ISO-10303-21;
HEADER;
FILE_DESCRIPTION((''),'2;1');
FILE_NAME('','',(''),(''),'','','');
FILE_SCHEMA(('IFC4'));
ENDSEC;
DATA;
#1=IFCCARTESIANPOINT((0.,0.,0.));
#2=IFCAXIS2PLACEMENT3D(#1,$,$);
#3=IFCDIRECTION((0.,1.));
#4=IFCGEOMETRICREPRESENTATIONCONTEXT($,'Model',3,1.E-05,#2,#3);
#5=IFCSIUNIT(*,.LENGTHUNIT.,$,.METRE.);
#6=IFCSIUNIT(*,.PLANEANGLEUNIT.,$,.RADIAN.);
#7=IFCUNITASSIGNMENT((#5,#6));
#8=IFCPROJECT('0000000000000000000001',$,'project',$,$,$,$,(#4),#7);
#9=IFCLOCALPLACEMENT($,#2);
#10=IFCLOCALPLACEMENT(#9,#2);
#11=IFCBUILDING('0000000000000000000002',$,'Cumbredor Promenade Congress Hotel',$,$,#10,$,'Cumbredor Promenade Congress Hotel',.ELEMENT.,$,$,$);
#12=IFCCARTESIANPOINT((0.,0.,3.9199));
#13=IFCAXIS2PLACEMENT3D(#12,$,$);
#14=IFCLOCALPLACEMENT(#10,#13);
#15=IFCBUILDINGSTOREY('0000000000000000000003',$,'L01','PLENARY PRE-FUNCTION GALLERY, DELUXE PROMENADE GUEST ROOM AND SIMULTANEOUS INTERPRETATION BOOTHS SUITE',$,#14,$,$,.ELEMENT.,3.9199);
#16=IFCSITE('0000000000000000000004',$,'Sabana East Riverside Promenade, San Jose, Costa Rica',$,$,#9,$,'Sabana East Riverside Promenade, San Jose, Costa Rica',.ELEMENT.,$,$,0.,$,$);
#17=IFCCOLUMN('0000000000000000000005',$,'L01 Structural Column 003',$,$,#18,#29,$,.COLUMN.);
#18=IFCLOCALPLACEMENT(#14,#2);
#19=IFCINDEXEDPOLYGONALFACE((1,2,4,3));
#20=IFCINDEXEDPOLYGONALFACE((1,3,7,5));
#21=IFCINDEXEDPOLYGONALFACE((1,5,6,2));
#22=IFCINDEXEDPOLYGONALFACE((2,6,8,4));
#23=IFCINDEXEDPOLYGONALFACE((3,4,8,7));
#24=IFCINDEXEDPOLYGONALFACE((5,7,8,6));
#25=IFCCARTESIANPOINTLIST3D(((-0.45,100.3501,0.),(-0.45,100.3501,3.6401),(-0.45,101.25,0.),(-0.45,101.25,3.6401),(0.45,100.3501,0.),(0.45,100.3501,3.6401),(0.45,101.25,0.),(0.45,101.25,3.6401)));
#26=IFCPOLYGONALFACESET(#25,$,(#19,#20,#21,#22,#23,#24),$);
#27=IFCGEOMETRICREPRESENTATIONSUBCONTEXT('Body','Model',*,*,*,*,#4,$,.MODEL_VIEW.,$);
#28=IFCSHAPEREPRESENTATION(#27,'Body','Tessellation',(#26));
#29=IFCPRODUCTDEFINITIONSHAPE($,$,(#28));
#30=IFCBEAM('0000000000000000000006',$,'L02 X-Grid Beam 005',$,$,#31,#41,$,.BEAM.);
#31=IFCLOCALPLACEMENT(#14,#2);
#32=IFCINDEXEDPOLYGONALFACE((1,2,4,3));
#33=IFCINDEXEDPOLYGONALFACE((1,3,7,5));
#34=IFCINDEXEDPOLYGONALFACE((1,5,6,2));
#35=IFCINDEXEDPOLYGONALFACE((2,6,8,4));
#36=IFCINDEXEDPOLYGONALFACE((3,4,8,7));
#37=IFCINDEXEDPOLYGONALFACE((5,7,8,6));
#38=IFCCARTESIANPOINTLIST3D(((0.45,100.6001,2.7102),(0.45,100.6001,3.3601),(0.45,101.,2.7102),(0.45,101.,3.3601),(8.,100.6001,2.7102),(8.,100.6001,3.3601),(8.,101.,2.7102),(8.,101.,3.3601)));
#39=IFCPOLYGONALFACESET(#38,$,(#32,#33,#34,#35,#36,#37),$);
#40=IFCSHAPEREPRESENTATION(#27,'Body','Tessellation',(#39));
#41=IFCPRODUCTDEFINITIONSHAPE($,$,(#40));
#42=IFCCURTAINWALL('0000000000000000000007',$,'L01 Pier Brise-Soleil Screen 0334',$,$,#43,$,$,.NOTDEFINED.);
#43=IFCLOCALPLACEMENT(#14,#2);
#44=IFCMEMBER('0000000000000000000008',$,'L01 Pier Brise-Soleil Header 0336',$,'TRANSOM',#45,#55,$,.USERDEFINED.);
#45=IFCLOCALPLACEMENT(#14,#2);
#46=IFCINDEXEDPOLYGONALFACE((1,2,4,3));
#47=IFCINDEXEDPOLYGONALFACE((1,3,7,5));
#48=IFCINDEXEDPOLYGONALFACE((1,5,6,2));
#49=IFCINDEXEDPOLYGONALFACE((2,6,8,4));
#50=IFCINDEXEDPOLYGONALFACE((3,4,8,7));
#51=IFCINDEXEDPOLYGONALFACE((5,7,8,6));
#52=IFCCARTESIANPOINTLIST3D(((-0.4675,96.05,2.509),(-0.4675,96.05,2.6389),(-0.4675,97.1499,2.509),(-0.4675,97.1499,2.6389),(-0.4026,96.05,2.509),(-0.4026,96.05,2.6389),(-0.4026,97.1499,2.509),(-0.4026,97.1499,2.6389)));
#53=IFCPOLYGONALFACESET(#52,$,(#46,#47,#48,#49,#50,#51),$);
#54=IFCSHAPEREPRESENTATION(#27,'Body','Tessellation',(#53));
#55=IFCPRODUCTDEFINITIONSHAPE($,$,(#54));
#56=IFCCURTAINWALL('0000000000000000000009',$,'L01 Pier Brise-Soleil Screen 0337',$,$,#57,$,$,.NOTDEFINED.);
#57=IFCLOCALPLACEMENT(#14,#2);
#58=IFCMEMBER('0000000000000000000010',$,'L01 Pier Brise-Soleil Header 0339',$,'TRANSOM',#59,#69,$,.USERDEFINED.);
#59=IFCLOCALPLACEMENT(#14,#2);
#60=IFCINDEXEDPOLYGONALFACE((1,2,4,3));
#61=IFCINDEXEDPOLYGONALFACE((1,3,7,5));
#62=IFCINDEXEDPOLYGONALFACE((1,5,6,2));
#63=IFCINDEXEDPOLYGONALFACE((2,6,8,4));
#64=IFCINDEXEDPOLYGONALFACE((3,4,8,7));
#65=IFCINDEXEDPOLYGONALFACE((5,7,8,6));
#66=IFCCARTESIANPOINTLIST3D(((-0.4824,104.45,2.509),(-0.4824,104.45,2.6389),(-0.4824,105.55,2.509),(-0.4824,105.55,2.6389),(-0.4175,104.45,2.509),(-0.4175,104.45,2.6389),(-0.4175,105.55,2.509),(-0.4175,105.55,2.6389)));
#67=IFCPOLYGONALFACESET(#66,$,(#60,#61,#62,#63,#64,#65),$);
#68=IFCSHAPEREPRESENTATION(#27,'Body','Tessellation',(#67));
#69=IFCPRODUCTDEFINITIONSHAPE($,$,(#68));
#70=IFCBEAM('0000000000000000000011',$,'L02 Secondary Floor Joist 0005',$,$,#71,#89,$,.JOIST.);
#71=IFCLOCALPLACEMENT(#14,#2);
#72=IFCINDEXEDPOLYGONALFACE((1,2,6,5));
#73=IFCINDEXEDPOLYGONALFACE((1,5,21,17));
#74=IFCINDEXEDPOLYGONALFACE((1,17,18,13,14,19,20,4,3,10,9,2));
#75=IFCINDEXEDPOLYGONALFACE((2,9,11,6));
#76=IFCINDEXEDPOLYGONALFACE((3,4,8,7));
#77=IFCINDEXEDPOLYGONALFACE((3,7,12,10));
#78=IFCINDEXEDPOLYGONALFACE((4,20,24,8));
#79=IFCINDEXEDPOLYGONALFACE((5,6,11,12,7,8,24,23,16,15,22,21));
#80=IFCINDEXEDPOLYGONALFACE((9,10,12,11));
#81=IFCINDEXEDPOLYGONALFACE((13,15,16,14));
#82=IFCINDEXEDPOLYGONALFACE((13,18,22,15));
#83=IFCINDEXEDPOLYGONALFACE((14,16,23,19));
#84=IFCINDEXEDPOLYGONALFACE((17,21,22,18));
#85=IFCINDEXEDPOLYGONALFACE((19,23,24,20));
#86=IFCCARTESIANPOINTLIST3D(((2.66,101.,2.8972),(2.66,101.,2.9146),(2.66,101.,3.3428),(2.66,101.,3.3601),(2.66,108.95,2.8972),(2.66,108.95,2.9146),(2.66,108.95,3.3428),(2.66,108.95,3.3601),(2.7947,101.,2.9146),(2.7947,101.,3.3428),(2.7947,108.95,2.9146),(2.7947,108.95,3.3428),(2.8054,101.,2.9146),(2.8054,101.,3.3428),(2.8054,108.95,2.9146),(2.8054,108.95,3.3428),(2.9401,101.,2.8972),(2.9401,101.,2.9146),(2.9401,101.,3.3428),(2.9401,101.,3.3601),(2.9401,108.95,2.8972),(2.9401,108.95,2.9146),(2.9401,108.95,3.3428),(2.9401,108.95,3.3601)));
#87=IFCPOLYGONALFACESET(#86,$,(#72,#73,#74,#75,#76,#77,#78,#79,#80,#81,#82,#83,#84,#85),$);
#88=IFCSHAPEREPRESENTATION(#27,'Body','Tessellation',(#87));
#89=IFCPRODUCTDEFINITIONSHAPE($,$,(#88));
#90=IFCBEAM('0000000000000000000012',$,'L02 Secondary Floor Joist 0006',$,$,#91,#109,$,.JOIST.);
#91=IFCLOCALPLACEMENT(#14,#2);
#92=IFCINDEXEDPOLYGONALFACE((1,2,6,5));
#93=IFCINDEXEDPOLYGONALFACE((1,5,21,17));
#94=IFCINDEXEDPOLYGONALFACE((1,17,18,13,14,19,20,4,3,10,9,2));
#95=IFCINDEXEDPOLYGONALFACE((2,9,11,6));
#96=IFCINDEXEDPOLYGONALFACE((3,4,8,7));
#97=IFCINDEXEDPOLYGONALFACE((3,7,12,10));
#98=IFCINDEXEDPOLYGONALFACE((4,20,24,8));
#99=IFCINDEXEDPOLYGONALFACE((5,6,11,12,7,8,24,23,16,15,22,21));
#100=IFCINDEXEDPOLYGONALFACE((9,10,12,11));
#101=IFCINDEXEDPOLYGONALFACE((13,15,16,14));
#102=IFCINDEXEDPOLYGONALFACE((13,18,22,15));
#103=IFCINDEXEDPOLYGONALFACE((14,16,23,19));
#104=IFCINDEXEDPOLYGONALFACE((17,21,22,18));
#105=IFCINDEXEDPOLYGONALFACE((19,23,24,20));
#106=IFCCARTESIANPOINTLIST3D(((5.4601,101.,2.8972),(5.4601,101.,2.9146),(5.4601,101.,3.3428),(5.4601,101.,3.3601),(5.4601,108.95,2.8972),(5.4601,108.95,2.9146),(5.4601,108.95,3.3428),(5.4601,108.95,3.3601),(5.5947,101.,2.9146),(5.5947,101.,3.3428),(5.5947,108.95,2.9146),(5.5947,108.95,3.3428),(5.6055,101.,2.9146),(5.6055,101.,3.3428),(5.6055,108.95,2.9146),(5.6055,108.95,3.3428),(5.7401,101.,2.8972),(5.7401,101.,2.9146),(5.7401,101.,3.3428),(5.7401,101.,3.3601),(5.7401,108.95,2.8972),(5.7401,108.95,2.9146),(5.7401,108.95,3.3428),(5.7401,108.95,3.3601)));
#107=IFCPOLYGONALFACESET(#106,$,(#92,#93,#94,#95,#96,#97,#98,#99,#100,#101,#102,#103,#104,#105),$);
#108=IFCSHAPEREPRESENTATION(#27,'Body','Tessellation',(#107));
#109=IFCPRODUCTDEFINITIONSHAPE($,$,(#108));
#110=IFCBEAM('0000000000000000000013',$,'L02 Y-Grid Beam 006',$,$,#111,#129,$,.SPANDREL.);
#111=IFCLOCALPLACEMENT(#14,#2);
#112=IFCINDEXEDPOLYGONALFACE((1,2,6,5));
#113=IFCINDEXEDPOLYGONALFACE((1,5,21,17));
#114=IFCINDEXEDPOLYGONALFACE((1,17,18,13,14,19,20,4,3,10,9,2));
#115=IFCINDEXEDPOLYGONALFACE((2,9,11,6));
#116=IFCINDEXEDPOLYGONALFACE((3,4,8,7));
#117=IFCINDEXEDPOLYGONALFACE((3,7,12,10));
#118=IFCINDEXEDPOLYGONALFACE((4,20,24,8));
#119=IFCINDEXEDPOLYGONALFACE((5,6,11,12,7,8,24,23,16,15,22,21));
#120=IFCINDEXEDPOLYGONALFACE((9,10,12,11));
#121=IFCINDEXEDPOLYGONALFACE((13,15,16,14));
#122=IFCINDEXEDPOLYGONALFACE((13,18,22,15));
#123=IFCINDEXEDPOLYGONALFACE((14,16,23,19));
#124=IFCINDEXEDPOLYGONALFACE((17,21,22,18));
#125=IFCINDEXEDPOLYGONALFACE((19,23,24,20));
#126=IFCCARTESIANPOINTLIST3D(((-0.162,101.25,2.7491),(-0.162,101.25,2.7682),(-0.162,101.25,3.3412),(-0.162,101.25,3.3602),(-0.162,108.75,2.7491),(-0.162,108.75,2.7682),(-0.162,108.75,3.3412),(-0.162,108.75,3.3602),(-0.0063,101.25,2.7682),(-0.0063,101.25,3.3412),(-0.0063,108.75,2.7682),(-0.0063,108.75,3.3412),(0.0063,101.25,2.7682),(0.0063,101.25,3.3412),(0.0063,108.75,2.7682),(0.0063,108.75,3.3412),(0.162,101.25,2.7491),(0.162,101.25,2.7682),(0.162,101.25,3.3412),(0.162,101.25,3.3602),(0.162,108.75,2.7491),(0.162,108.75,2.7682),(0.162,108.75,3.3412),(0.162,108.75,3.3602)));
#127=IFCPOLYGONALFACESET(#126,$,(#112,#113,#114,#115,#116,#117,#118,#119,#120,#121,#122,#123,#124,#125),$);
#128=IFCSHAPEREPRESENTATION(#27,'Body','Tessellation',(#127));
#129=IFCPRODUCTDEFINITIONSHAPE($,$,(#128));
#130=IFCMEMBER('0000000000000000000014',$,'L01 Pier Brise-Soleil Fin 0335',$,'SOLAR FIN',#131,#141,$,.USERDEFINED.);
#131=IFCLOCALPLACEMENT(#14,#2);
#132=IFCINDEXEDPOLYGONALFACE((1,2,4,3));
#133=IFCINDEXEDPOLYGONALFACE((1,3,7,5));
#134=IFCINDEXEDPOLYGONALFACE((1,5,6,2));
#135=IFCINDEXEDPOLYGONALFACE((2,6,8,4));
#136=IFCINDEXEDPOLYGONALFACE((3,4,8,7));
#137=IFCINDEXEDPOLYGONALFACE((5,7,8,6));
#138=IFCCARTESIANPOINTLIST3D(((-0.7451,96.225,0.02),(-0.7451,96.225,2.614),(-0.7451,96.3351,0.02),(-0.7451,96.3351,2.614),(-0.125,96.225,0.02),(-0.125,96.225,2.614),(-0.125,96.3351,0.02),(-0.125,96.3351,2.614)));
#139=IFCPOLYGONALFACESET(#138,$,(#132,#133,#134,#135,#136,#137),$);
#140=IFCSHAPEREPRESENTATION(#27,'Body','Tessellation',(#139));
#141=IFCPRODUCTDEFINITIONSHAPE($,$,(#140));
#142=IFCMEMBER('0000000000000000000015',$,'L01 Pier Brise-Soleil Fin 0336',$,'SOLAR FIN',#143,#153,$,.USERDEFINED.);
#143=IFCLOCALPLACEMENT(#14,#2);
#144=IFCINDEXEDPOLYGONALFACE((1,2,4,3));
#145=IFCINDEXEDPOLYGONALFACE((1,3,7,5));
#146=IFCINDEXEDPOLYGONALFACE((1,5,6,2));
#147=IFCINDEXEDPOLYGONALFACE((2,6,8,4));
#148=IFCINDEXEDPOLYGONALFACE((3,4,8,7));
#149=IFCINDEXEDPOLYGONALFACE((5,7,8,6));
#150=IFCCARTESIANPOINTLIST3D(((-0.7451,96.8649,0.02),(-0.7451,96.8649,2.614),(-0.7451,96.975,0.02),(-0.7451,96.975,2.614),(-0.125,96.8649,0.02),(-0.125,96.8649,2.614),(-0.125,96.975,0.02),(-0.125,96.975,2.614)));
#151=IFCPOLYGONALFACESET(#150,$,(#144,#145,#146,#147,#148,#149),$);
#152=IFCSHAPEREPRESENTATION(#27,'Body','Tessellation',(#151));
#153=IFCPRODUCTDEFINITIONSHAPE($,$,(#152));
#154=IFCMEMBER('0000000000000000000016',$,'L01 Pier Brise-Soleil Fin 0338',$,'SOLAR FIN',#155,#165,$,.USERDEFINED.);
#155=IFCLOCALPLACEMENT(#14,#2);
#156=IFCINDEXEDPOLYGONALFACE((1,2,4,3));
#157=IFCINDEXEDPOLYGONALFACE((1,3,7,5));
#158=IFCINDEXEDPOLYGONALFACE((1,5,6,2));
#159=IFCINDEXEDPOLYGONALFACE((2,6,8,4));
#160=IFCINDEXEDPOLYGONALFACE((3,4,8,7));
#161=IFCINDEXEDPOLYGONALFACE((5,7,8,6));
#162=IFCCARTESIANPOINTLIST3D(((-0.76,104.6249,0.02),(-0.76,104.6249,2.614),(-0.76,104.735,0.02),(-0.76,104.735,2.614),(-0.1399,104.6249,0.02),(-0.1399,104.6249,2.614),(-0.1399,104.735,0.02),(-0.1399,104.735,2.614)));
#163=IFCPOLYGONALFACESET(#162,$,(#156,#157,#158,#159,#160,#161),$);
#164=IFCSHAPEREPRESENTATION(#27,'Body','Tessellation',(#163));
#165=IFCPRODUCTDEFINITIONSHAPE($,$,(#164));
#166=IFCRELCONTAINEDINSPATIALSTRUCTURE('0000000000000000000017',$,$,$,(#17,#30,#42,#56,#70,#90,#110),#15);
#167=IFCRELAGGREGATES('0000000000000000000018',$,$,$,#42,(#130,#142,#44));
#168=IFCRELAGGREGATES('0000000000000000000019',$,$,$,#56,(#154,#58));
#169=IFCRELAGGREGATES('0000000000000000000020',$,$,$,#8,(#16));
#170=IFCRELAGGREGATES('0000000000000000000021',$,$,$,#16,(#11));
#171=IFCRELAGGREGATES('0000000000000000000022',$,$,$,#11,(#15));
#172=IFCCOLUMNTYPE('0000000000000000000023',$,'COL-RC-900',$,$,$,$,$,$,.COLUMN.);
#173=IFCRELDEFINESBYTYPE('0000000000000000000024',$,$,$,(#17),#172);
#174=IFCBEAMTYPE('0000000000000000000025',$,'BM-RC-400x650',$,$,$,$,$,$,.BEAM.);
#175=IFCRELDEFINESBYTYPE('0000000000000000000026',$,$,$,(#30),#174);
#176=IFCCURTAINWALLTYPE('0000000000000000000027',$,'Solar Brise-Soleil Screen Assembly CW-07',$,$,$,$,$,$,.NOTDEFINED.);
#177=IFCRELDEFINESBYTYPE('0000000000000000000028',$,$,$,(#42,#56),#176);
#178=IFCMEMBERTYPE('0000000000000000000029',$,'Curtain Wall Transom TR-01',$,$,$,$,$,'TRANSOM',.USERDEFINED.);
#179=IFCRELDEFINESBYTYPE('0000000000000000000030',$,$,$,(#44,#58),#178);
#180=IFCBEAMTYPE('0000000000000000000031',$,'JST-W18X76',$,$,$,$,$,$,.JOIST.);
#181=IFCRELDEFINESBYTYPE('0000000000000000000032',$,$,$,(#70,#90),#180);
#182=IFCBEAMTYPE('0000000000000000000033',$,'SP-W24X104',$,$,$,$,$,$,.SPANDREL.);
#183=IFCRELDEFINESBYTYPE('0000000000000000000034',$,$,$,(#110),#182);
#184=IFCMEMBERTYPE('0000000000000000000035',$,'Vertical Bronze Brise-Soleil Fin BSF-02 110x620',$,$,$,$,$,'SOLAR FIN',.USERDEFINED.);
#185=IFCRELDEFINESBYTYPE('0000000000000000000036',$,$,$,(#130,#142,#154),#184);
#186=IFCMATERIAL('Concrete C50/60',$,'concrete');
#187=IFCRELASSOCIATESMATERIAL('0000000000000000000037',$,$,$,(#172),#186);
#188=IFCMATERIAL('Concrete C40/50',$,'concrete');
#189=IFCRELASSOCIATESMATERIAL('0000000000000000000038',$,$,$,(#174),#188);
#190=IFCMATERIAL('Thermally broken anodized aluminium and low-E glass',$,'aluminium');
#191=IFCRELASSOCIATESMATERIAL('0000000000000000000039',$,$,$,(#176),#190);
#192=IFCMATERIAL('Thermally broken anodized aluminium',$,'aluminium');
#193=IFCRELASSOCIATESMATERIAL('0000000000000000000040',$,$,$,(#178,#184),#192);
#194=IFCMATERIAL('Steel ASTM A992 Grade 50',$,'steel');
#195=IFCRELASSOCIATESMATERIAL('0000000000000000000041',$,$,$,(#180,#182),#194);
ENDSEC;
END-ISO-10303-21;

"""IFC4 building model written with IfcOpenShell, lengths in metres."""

from ifc_helpers import new_model, si_unit, direction, frame, origin, origin_2d, place, context, subcontext, project, spatial, rectangle, i_section, extrude, material, material_profile, profile_set, type_object, element, aggregate, save


model = new_model("IFC4")

# Units and contexts
model_context = context("Model", 3, precision=1e-05, world=origin(), true_north=direction((0.0, 1.0)))
body_context = subcontext(model_context, "Body", "Model", "MODEL_VIEW")
ifc_project = project(units=[si_unit("LENGTHUNIT", "METRE"), si_unit("PLANEANGLEUNIT", "RADIAN")], contexts=[model_context])

# Site, building, storey
site_placement = place(None, origin())
site = spatial("IfcSite", under=ifc_project, at=site_placement, Name="Sabana East Riverside Promenade, San Jose, Costa Rica", LongName="Sabana East Riverside Promenade, San Jose, Costa Rica", CompositionType="ELEMENT", RefElevation=0.0)
building_placement = place(site_placement, origin())
building = spatial("IfcBuilding", under=site, at=building_placement, Name="Cumbredor Promenade Congress Hotel", LongName="Cumbredor Promenade Congress Hotel", CompositionType="ELEMENT")
storey_placement = place(building_placement, frame((0.0, 0.0, 3.9199)))
storey = spatial("IfcBuildingStorey", under=building, at=storey_placement, Name="L01", Description="PLENARY PRE-FUNCTION GALLERY, DELUXE PROMENADE GUEST ROOM AND SIMULTANEOUS INTERPRETATION BOOTHS SUITE", CompositionType="ELEMENT", Elevation=3.9199)

# Column
ifc_material_1 = material(Name="Concrete C50/60", Category="concrete")
ifc_material_profile_1 = material_profile(ifc_material_1, rectangle(XDim=0.8999, YDim=0.8999, at=origin_2d()), Name="RC 900x900")
ifc_profile_set_1 = profile_set([ifc_material_profile_1], Name="Concrete C50/60")
column_type = type_object("IfcColumnType", Name="COL-RC-900", PredefinedType="COLUMN", material=ifc_profile_set_1)
column_placement = place(storey_placement, frame((0.0, 100.8, 0.0), z_axis=(0.0, 0.0, 1.0), x_axis=(1.0, 0.0, 0.0)))
element("IfcColumn", 1, at=column_placement, inside=storey, type_object=column_type, Name="L01 Structural Column 003", PredefinedType="COLUMN", context=body_context, shape_type="SweptSolid", body=[
    extrude(rectangle(XDim=0.8999, YDim=0.8999, at=origin_2d()), origin(), (0.0, 0.0, 1.0), 3.6401),
])

# Beam
ifc_material_2 = material(Name="Concrete C40/50", Category="concrete")
ifc_material_profile_2 = material_profile(ifc_material_2, rectangle(XDim=0.3999, YDim=0.6499, at=origin_2d()), Name="RC BEAM 400x650")
ifc_profile_set_2 = profile_set([ifc_material_profile_2], Name="Concrete C40/50")
beam_type_1 = type_object("IfcBeamType", Name="BM-RC-400x650", PredefinedType="BEAM", material=ifc_profile_set_2)
beam_1_placement = place(storey_placement, frame((0.45, 100.8, 3.0352), z_axis=(1.0, 0.0, 0.0), x_axis=(0.0, 1.0, 0.0)))
element("IfcBeam", 2, at=beam_1_placement, inside=storey, type_object=beam_type_1, Name="L02 X-Grid Beam 005", PredefinedType="BEAM", context=body_context, shape_type="SweptSolid", body=[
    extrude(rectangle(XDim=0.3999, YDim=0.6499, at=origin_2d()), origin(), (0.0, 0.0, 1.0), 7.55),
])

# Curtain walls, members
ifc_material_3 = material(Name="Thermally broken anodized aluminium and low-E glass", Category="aluminium")
curtain_wall_type = type_object("IfcCurtainWallType", Name="Solar Brise-Soleil Screen Assembly CW-07", PredefinedType="NOTDEFINED", material=ifc_material_3)
curtain_wall_1_placement = place(storey_placement, origin())
curtain_wall_1 = element("IfcCurtainWall", 3, at=curtain_wall_1_placement, inside=storey, type_object=curtain_wall_type, Name="L01 Pier Brise-Soleil Screen 0334", PredefinedType="NOTDEFINED")
ifc_material_4 = material(Name="Thermally broken anodized aluminium", Category="aluminium")
ifc_material_profile_3 = material_profile(ifc_material_4, rectangle(XDim=0.0649, YDim=0.1299, at=origin_2d()), Name="ALU TRANSOM 65x130")
ifc_profile_set_3 = profile_set([ifc_material_profile_3], Name="Thermally broken anodized aluminium")
member_type_1 = type_object("IfcMemberType", Name="Curtain Wall Transom TR-01", ElementType="TRANSOM", PredefinedType="USERDEFINED", material=ifc_profile_set_3)
member_1_placement = place(storey_placement, frame((-0.4351, 96.05, 2.574), z_axis=(0.0, 1.0, 0.0), x_axis=(-1.0, 0.0, 0.0)))
member_1 = element("IfcMember", 4, at=member_1_placement, type_object=member_type_1, Name="L01 Pier Brise-Soleil Header 0336", ObjectType="TRANSOM", PredefinedType="USERDEFINED", context=body_context, shape_type="SweptSolid", body=[
    extrude(rectangle(XDim=0.0649, YDim=0.1299, at=origin_2d()), origin(), (0.0, 0.0, 1.0), 1.0999),
])
curtain_wall_2_placement = place(storey_placement, origin())
curtain_wall_2 = element("IfcCurtainWall", 5, at=curtain_wall_2_placement, inside=storey, type_object=curtain_wall_type, Name="L01 Pier Brise-Soleil Screen 0337", PredefinedType="NOTDEFINED")
member_2_placement = place(storey_placement, frame((-0.45, 104.45, 2.574), z_axis=(0.0, 1.0, 0.0), x_axis=(-1.0, 0.0, 0.0)))
member_2 = element("IfcMember", 6, at=member_2_placement, type_object=member_type_1, Name="L01 Pier Brise-Soleil Header 0339", ObjectType="TRANSOM", PredefinedType="USERDEFINED", context=body_context, shape_type="SweptSolid", body=[
    extrude(rectangle(XDim=0.0649, YDim=0.1299, at=origin_2d()), origin(), (0.0, 0.0, 1.0), 1.1001),
])

# Beams
ifc_material_5 = material(Name="Steel ASTM A992 Grade 50", Category="steel")
ifc_material_profile_4 = material_profile(ifc_material_5, i_section(OverallWidth=0.28, OverallDepth=0.4629, WebThickness=0.0107, FlangeThickness=0.0173, at=origin_2d()), Name="W18X76")
ifc_profile_set_4 = profile_set([ifc_material_profile_4], Name="Steel ASTM A992 Grade 50")
beam_type_2 = type_object("IfcBeamType", Name="JST-W18X76", PredefinedType="JOIST", material=ifc_profile_set_4)
for number, where, z_axis, x_axis, name in (
    (7, (2.8, 101.0, 3.1287), (0.0, 1.0, 0.0), (-1.0, 0.0, 0.0), "L02 Secondary Floor Joist 0005"),
    (8, (5.6001, 101.0, 3.1287), (0.0, 1.0, 0.0), (-1.0, 0.0, 0.0), "L02 Secondary Floor Joist 0006"),
):
    element("IfcBeam", number, at=place(storey_placement, frame(where, z_axis=z_axis, x_axis=x_axis)), inside=storey, type_object=beam_type_2, Name=name, PredefinedType="JOIST", context=body_context, shape_type="SweptSolid", body=[
        extrude(i_section(OverallWidth=0.28, OverallDepth=0.4629, WebThickness=0.0107, FlangeThickness=0.0173, at=origin_2d()), origin(), (0.0, 0.0, 1.0), 7.95),
    ])
ifc_material_profile_5 = material_profile(ifc_material_5, i_section(OverallWidth=0.324, OverallDepth=0.6111, WebThickness=0.0127, FlangeThickness=0.019, at=origin_2d()), Name="W24X104")
ifc_profile_set_5 = profile_set([ifc_material_profile_5], Name="Steel ASTM A992 Grade 50")
beam_type_3 = type_object("IfcBeamType", Name="SP-W24X104", PredefinedType="SPANDREL", material=ifc_profile_set_5)
beam_2_placement = place(storey_placement, frame((0.0, 101.25, 3.0547), z_axis=(0.0, 1.0, 0.0), x_axis=(-1.0, 0.0, 0.0)))
element("IfcBeam", 9, at=beam_2_placement, inside=storey, type_object=beam_type_3, Name="L02 Y-Grid Beam 006", PredefinedType="SPANDREL", context=body_context, shape_type="SweptSolid", body=[
    extrude(i_section(OverallWidth=0.324, OverallDepth=0.6111, WebThickness=0.0127, FlangeThickness=0.019, at=origin_2d()), origin(), (0.0, 0.0, 1.0), 7.5),
])

# Members
ifc_material_profile_6 = material_profile(ifc_material_4, rectangle(XDim=0.1101, YDim=0.6201, at=origin_2d()), Name="ARCH FIN 110x620")
ifc_profile_set_6 = profile_set([ifc_material_profile_6], Name="Thermally broken anodized aluminium")
member_type_2 = type_object("IfcMemberType", Name="Vertical Bronze Brise-Soleil Fin BSF-02 110x620", ElementType="SOLAR FIN", PredefinedType="USERDEFINED", material=ifc_profile_set_6)
member_3_placement = place(storey_placement, frame((-0.4351, 96.28, 0.02), z_axis=(0.0, 0.0, 1.0), x_axis=(0.0, 1.0, 0.0)))
member_3 = element("IfcMember", 10, at=member_3_placement, type_object=member_type_2, Name="L01 Pier Brise-Soleil Fin 0335", ObjectType="SOLAR FIN", PredefinedType="USERDEFINED", context=body_context, shape_type="SweptSolid", body=[
    extrude(rectangle(XDim=0.1101, YDim=0.6201, at=origin_2d()), origin(), (0.0, 0.0, 1.0), 2.594),
])
member_4_placement = place(storey_placement, frame((-0.4351, 96.9199, 0.02), z_axis=(0.0, 0.0, 1.0), x_axis=(0.0, 1.0, 0.0)))
member_4 = element("IfcMember", 11, at=member_4_placement, type_object=member_type_2, Name="L01 Pier Brise-Soleil Fin 0336", ObjectType="SOLAR FIN", PredefinedType="USERDEFINED", context=body_context, shape_type="SweptSolid", body=[
    extrude(rectangle(XDim=0.1101, YDim=0.6201, at=origin_2d()), origin(), (0.0, 0.0, 1.0), 2.594),
])
aggregate(curtain_wall_1, [member_3, member_4, member_1])
member_5_placement = place(storey_placement, frame((-0.45, 104.6799, 0.02), z_axis=(0.0, 0.0, 1.0), x_axis=(0.0, 1.0, 0.0)))
member_5 = element("IfcMember", 12, at=member_5_placement, type_object=member_type_2, Name="L01 Pier Brise-Soleil Fin 0338", ObjectType="SOLAR FIN", PredefinedType="USERDEFINED", context=body_context, shape_type="SweptSolid", body=[
    extrude(rectangle(XDim=0.1101, YDim=0.6201, at=origin_2d()), origin(), (0.0, 0.0, 1.0), 2.594),
])
aggregate(curtain_wall_2, [member_5, member_2])

save(model, "model.ifc")
